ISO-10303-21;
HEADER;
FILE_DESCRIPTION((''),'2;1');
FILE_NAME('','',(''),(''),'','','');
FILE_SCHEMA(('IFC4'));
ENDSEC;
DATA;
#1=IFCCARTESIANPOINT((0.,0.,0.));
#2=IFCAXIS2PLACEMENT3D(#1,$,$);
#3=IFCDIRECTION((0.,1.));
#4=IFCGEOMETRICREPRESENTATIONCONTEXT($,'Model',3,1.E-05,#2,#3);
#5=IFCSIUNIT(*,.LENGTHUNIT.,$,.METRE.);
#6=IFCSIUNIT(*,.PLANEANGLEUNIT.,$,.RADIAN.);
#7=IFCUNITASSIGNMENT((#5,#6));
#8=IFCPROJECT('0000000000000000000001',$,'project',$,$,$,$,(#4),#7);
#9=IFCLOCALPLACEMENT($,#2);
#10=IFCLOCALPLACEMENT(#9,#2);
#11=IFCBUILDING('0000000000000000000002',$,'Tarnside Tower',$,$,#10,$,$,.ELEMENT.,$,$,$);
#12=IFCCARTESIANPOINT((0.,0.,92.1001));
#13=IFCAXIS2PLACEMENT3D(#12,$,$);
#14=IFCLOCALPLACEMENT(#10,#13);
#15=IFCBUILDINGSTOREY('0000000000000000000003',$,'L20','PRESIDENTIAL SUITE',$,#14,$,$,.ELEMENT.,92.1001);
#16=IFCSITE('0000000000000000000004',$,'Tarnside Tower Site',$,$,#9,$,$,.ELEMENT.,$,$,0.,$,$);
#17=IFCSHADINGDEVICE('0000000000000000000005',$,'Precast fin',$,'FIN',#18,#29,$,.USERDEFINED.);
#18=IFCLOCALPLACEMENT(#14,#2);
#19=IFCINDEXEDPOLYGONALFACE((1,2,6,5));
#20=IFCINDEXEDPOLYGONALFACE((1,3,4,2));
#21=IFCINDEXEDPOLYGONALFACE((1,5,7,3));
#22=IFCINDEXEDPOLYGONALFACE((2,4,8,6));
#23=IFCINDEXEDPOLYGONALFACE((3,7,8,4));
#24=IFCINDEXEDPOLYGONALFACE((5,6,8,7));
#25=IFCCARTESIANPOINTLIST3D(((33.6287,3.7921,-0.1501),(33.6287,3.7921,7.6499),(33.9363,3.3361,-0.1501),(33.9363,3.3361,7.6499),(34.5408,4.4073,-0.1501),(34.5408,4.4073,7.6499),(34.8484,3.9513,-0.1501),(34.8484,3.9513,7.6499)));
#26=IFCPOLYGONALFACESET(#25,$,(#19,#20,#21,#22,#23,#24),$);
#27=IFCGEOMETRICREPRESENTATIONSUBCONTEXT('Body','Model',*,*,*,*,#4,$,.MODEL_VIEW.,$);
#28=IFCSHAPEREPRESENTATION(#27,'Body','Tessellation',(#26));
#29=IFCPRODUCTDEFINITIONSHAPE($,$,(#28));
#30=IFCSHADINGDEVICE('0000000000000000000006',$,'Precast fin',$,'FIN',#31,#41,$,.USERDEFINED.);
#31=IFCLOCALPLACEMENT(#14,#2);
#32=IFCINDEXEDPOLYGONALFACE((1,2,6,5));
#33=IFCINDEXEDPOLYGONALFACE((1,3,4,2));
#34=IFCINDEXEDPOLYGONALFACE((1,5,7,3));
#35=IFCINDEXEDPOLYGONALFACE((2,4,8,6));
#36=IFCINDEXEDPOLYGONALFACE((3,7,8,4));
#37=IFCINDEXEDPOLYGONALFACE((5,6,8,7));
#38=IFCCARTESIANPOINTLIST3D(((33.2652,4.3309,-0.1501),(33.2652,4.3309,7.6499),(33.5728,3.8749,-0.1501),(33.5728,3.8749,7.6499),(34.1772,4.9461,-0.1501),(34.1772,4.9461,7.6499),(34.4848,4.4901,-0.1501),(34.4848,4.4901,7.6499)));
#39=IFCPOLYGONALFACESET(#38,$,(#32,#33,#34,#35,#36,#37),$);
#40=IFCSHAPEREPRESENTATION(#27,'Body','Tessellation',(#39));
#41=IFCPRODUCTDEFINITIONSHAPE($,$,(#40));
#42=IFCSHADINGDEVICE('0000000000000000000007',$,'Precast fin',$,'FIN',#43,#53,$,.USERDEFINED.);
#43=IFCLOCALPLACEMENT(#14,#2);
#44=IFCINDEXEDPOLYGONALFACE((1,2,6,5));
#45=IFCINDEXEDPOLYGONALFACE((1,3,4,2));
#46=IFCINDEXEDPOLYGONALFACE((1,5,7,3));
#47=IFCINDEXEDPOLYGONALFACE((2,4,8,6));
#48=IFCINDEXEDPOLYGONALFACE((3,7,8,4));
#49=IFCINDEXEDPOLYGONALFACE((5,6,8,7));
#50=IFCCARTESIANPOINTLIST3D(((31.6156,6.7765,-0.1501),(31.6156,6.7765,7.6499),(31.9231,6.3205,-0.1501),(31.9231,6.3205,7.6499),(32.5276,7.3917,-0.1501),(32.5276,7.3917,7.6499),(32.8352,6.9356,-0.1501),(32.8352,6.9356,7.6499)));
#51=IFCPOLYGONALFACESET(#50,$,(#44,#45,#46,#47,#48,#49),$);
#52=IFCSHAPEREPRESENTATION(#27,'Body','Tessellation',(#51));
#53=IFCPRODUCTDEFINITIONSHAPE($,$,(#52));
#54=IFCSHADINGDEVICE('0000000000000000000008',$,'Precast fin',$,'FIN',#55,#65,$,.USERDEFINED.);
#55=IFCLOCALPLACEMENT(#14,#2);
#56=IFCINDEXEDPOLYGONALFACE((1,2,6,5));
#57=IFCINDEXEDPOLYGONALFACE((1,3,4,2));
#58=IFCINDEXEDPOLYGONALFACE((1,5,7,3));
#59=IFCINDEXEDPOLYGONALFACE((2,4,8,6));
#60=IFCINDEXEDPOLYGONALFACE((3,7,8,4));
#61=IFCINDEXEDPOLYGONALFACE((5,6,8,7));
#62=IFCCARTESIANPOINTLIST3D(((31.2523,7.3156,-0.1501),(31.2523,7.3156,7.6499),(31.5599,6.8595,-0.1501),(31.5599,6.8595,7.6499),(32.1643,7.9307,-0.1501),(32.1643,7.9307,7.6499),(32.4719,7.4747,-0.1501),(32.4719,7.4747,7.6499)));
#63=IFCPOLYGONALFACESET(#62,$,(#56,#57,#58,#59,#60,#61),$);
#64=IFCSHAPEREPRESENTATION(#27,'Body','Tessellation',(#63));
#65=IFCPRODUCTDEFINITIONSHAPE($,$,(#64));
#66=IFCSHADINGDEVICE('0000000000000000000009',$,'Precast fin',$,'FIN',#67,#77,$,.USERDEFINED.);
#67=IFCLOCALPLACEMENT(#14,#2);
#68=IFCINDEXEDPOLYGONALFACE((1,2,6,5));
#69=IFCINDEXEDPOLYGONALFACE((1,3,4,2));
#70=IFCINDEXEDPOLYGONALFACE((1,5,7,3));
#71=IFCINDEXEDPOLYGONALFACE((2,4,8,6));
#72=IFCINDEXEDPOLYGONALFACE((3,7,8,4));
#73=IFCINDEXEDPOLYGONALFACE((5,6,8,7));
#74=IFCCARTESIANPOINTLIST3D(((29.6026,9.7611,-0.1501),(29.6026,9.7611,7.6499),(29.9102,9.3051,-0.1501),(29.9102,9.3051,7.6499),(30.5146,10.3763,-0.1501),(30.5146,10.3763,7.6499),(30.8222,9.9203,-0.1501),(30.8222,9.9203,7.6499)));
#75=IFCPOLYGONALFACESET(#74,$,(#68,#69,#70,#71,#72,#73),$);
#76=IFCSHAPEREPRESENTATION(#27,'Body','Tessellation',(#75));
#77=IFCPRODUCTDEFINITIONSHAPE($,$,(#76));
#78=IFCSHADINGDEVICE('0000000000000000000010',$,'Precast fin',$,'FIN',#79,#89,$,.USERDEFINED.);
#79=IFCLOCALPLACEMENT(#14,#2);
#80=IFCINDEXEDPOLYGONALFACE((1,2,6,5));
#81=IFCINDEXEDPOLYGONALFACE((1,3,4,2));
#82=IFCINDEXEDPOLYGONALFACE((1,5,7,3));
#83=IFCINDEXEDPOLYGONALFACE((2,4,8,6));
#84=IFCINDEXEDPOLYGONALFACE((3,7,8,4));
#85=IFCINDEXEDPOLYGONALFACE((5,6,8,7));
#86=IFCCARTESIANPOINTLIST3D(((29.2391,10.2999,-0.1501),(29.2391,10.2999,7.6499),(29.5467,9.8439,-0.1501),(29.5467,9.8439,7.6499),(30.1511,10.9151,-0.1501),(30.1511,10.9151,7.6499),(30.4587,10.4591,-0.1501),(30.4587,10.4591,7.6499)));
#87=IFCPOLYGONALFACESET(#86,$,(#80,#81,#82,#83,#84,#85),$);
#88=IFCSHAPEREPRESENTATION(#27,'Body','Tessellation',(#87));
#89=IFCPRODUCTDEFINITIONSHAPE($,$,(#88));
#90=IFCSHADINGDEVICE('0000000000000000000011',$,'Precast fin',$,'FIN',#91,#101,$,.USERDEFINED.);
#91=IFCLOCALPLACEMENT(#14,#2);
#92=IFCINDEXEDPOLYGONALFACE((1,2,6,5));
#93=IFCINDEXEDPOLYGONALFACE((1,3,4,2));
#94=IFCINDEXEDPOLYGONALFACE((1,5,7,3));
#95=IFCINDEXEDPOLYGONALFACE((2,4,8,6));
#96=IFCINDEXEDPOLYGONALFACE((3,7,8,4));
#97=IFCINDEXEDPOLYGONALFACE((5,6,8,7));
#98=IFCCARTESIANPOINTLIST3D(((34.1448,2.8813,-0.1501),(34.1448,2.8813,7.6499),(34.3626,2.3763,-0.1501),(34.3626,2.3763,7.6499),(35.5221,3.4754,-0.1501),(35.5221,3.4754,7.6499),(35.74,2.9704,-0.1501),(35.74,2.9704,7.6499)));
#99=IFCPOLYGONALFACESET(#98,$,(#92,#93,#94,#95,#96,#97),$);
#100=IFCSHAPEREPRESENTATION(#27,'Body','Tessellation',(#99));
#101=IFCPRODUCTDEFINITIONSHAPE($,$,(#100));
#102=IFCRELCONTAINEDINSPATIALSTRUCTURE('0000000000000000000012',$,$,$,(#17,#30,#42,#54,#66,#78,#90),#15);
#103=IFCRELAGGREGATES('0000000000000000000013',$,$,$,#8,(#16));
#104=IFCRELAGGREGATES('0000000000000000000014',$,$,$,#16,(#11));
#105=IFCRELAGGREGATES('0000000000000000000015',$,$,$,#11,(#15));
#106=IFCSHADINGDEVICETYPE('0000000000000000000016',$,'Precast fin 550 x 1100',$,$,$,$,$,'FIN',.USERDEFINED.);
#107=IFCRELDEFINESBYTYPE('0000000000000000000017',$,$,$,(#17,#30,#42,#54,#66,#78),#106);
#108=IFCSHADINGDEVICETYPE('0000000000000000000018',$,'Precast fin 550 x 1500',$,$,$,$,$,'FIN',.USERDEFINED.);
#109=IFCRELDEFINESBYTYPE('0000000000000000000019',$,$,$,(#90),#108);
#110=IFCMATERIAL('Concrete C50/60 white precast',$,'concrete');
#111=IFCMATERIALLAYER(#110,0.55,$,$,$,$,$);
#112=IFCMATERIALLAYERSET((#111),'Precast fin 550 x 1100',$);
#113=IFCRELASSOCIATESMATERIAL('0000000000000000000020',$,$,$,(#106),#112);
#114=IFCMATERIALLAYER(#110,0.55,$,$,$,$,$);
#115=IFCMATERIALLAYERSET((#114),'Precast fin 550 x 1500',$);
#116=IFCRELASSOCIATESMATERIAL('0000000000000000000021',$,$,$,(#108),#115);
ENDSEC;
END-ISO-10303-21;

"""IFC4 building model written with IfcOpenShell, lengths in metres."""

from ifc_helpers import new_model, si_unit, direction, frame, origin, place, context, subcontext, project, spatial, polyline, outline, extrude, material, layer, layer_set, type_object, element, save


model = new_model("IFC4")

# Units and contexts
model_context = context("Model", 3, precision=1e-05, world=origin(), true_north=direction((0.0, 1.0)))
body_context = subcontext(model_context, "Body", "Model", "MODEL_VIEW")
ifc_project = project(units=[si_unit("LENGTHUNIT", "METRE"), si_unit("PLANEANGLEUNIT", "RADIAN")], contexts=[model_context])

# Site, building, storey
site_placement = place(None, origin())
site = spatial("IfcSite", under=ifc_project, at=site_placement, Name="Tarnside Tower Site", CompositionType="ELEMENT", RefElevation=0.0)
building_placement = place(site_placement, origin())
building = spatial("IfcBuilding", under=site, at=building_placement, Name="Tarnside Tower", CompositionType="ELEMENT")
storey_placement = place(building_placement, frame((0.0, 0.0, 92.1001)))
storey = spatial("IfcBuildingStorey", under=building, at=storey_placement, Name="L20", Description="PRESIDENTIAL SUITE", CompositionType="ELEMENT", Elevation=92.1001)

# Shading devices
ifc_material_1 = material(Name="Concrete C50/60 white precast", Category="concrete")
ifc_layer_1 = layer(ifc_material_1, 0.55)
ifc_layer_set_1 = layer_set([ifc_layer_1], Name="Precast fin 550 x 1100")
shading_device_type_1 = type_object("IfcShadingDeviceType", Name="Precast fin 550 x 1100", ElementType="FIN", PredefinedType="USERDEFINED", material=ifc_layer_set_1)
for number, where, z_axis, x_axis, name in (
    (1, (33.7825, 3.5642, -0.1501), (0.559193, -0.829038, 0.0), (0.829038, 0.559193, 0.0), "Precast fin"),
    (2, (33.4189, 4.103, -0.1501), (0.559193, -0.829038, 0.0), (0.829038, 0.559193, 0.0), "Precast fin"),
    (3, (31.7693, 6.5486, -0.1501), (0.559193, -0.829038, 0.0), (0.829038, 0.559193, 0.0), "Precast fin"),
    (4, (31.406, 7.0876, -0.1501), (0.559193, -0.829038, 0.0), (0.829038, 0.559193, 0.0), "Precast fin"),
    (5, (29.7563, 9.5332, -0.1501), (0.559193, -0.829038, 0.0), (0.829038, 0.559193, 0.0), "Precast fin"),
    (6, (29.3928, 10.072, -0.1501), (0.559193, -0.829038, 0.0), (0.829038, 0.559193, 0.0), "Precast fin"),
):
    element("IfcShadingDevice", number, at=place(storey_placement, frame(where, z_axis=z_axis, x_axis=x_axis)), inside=storey, type_object=shading_device_type_1, Name=name, ObjectType="FIN", PredefinedType="USERDEFINED", context=body_context, shape_type="SweptSolid", body=[
        extrude(outline(polyline([(0.0, 0.0), (1.1001, 0.0), (1.1001, 7.8), (0.0, 7.8), (0.0, 0.0)])), frame((0.0, 0.0, -0.2749)), (0.0, 0.0, 1.0), 0.55),
    ])
ifc_layer_2 = layer(ifc_material_1, 0.55)
ifc_layer_set_2 = layer_set([ifc_layer_2], Name="Precast fin 550 x 1500")
shading_device_type_2 = type_object("IfcShadingDeviceType", Name="Precast fin 550 x 1500", ElementType="FIN", PredefinedType="USERDEFINED", material=ifc_layer_set_2)
shading_device_placement = place(storey_placement, frame((34.2537, 2.6289, -0.1501), z_axis=(0.39608, -0.918216, 0.0), x_axis=(0.918216, 0.39608, 0.0)))
element("IfcShadingDevice", 7, at=shading_device_placement, inside=storey, type_object=shading_device_type_2, Name="Precast fin", ObjectType="FIN", PredefinedType="USERDEFINED", context=body_context, shape_type="SweptSolid", body=[
    extrude(outline(polyline([(0.0, 0.0), (1.5, 0.0), (1.5, 7.8), (0.0, 7.8), (0.0, 0.0)])), frame((0.0, 0.0, -0.2749)), (0.0, 0.0, 1.0), 0.55),
])

save(model, "model.ifc")
